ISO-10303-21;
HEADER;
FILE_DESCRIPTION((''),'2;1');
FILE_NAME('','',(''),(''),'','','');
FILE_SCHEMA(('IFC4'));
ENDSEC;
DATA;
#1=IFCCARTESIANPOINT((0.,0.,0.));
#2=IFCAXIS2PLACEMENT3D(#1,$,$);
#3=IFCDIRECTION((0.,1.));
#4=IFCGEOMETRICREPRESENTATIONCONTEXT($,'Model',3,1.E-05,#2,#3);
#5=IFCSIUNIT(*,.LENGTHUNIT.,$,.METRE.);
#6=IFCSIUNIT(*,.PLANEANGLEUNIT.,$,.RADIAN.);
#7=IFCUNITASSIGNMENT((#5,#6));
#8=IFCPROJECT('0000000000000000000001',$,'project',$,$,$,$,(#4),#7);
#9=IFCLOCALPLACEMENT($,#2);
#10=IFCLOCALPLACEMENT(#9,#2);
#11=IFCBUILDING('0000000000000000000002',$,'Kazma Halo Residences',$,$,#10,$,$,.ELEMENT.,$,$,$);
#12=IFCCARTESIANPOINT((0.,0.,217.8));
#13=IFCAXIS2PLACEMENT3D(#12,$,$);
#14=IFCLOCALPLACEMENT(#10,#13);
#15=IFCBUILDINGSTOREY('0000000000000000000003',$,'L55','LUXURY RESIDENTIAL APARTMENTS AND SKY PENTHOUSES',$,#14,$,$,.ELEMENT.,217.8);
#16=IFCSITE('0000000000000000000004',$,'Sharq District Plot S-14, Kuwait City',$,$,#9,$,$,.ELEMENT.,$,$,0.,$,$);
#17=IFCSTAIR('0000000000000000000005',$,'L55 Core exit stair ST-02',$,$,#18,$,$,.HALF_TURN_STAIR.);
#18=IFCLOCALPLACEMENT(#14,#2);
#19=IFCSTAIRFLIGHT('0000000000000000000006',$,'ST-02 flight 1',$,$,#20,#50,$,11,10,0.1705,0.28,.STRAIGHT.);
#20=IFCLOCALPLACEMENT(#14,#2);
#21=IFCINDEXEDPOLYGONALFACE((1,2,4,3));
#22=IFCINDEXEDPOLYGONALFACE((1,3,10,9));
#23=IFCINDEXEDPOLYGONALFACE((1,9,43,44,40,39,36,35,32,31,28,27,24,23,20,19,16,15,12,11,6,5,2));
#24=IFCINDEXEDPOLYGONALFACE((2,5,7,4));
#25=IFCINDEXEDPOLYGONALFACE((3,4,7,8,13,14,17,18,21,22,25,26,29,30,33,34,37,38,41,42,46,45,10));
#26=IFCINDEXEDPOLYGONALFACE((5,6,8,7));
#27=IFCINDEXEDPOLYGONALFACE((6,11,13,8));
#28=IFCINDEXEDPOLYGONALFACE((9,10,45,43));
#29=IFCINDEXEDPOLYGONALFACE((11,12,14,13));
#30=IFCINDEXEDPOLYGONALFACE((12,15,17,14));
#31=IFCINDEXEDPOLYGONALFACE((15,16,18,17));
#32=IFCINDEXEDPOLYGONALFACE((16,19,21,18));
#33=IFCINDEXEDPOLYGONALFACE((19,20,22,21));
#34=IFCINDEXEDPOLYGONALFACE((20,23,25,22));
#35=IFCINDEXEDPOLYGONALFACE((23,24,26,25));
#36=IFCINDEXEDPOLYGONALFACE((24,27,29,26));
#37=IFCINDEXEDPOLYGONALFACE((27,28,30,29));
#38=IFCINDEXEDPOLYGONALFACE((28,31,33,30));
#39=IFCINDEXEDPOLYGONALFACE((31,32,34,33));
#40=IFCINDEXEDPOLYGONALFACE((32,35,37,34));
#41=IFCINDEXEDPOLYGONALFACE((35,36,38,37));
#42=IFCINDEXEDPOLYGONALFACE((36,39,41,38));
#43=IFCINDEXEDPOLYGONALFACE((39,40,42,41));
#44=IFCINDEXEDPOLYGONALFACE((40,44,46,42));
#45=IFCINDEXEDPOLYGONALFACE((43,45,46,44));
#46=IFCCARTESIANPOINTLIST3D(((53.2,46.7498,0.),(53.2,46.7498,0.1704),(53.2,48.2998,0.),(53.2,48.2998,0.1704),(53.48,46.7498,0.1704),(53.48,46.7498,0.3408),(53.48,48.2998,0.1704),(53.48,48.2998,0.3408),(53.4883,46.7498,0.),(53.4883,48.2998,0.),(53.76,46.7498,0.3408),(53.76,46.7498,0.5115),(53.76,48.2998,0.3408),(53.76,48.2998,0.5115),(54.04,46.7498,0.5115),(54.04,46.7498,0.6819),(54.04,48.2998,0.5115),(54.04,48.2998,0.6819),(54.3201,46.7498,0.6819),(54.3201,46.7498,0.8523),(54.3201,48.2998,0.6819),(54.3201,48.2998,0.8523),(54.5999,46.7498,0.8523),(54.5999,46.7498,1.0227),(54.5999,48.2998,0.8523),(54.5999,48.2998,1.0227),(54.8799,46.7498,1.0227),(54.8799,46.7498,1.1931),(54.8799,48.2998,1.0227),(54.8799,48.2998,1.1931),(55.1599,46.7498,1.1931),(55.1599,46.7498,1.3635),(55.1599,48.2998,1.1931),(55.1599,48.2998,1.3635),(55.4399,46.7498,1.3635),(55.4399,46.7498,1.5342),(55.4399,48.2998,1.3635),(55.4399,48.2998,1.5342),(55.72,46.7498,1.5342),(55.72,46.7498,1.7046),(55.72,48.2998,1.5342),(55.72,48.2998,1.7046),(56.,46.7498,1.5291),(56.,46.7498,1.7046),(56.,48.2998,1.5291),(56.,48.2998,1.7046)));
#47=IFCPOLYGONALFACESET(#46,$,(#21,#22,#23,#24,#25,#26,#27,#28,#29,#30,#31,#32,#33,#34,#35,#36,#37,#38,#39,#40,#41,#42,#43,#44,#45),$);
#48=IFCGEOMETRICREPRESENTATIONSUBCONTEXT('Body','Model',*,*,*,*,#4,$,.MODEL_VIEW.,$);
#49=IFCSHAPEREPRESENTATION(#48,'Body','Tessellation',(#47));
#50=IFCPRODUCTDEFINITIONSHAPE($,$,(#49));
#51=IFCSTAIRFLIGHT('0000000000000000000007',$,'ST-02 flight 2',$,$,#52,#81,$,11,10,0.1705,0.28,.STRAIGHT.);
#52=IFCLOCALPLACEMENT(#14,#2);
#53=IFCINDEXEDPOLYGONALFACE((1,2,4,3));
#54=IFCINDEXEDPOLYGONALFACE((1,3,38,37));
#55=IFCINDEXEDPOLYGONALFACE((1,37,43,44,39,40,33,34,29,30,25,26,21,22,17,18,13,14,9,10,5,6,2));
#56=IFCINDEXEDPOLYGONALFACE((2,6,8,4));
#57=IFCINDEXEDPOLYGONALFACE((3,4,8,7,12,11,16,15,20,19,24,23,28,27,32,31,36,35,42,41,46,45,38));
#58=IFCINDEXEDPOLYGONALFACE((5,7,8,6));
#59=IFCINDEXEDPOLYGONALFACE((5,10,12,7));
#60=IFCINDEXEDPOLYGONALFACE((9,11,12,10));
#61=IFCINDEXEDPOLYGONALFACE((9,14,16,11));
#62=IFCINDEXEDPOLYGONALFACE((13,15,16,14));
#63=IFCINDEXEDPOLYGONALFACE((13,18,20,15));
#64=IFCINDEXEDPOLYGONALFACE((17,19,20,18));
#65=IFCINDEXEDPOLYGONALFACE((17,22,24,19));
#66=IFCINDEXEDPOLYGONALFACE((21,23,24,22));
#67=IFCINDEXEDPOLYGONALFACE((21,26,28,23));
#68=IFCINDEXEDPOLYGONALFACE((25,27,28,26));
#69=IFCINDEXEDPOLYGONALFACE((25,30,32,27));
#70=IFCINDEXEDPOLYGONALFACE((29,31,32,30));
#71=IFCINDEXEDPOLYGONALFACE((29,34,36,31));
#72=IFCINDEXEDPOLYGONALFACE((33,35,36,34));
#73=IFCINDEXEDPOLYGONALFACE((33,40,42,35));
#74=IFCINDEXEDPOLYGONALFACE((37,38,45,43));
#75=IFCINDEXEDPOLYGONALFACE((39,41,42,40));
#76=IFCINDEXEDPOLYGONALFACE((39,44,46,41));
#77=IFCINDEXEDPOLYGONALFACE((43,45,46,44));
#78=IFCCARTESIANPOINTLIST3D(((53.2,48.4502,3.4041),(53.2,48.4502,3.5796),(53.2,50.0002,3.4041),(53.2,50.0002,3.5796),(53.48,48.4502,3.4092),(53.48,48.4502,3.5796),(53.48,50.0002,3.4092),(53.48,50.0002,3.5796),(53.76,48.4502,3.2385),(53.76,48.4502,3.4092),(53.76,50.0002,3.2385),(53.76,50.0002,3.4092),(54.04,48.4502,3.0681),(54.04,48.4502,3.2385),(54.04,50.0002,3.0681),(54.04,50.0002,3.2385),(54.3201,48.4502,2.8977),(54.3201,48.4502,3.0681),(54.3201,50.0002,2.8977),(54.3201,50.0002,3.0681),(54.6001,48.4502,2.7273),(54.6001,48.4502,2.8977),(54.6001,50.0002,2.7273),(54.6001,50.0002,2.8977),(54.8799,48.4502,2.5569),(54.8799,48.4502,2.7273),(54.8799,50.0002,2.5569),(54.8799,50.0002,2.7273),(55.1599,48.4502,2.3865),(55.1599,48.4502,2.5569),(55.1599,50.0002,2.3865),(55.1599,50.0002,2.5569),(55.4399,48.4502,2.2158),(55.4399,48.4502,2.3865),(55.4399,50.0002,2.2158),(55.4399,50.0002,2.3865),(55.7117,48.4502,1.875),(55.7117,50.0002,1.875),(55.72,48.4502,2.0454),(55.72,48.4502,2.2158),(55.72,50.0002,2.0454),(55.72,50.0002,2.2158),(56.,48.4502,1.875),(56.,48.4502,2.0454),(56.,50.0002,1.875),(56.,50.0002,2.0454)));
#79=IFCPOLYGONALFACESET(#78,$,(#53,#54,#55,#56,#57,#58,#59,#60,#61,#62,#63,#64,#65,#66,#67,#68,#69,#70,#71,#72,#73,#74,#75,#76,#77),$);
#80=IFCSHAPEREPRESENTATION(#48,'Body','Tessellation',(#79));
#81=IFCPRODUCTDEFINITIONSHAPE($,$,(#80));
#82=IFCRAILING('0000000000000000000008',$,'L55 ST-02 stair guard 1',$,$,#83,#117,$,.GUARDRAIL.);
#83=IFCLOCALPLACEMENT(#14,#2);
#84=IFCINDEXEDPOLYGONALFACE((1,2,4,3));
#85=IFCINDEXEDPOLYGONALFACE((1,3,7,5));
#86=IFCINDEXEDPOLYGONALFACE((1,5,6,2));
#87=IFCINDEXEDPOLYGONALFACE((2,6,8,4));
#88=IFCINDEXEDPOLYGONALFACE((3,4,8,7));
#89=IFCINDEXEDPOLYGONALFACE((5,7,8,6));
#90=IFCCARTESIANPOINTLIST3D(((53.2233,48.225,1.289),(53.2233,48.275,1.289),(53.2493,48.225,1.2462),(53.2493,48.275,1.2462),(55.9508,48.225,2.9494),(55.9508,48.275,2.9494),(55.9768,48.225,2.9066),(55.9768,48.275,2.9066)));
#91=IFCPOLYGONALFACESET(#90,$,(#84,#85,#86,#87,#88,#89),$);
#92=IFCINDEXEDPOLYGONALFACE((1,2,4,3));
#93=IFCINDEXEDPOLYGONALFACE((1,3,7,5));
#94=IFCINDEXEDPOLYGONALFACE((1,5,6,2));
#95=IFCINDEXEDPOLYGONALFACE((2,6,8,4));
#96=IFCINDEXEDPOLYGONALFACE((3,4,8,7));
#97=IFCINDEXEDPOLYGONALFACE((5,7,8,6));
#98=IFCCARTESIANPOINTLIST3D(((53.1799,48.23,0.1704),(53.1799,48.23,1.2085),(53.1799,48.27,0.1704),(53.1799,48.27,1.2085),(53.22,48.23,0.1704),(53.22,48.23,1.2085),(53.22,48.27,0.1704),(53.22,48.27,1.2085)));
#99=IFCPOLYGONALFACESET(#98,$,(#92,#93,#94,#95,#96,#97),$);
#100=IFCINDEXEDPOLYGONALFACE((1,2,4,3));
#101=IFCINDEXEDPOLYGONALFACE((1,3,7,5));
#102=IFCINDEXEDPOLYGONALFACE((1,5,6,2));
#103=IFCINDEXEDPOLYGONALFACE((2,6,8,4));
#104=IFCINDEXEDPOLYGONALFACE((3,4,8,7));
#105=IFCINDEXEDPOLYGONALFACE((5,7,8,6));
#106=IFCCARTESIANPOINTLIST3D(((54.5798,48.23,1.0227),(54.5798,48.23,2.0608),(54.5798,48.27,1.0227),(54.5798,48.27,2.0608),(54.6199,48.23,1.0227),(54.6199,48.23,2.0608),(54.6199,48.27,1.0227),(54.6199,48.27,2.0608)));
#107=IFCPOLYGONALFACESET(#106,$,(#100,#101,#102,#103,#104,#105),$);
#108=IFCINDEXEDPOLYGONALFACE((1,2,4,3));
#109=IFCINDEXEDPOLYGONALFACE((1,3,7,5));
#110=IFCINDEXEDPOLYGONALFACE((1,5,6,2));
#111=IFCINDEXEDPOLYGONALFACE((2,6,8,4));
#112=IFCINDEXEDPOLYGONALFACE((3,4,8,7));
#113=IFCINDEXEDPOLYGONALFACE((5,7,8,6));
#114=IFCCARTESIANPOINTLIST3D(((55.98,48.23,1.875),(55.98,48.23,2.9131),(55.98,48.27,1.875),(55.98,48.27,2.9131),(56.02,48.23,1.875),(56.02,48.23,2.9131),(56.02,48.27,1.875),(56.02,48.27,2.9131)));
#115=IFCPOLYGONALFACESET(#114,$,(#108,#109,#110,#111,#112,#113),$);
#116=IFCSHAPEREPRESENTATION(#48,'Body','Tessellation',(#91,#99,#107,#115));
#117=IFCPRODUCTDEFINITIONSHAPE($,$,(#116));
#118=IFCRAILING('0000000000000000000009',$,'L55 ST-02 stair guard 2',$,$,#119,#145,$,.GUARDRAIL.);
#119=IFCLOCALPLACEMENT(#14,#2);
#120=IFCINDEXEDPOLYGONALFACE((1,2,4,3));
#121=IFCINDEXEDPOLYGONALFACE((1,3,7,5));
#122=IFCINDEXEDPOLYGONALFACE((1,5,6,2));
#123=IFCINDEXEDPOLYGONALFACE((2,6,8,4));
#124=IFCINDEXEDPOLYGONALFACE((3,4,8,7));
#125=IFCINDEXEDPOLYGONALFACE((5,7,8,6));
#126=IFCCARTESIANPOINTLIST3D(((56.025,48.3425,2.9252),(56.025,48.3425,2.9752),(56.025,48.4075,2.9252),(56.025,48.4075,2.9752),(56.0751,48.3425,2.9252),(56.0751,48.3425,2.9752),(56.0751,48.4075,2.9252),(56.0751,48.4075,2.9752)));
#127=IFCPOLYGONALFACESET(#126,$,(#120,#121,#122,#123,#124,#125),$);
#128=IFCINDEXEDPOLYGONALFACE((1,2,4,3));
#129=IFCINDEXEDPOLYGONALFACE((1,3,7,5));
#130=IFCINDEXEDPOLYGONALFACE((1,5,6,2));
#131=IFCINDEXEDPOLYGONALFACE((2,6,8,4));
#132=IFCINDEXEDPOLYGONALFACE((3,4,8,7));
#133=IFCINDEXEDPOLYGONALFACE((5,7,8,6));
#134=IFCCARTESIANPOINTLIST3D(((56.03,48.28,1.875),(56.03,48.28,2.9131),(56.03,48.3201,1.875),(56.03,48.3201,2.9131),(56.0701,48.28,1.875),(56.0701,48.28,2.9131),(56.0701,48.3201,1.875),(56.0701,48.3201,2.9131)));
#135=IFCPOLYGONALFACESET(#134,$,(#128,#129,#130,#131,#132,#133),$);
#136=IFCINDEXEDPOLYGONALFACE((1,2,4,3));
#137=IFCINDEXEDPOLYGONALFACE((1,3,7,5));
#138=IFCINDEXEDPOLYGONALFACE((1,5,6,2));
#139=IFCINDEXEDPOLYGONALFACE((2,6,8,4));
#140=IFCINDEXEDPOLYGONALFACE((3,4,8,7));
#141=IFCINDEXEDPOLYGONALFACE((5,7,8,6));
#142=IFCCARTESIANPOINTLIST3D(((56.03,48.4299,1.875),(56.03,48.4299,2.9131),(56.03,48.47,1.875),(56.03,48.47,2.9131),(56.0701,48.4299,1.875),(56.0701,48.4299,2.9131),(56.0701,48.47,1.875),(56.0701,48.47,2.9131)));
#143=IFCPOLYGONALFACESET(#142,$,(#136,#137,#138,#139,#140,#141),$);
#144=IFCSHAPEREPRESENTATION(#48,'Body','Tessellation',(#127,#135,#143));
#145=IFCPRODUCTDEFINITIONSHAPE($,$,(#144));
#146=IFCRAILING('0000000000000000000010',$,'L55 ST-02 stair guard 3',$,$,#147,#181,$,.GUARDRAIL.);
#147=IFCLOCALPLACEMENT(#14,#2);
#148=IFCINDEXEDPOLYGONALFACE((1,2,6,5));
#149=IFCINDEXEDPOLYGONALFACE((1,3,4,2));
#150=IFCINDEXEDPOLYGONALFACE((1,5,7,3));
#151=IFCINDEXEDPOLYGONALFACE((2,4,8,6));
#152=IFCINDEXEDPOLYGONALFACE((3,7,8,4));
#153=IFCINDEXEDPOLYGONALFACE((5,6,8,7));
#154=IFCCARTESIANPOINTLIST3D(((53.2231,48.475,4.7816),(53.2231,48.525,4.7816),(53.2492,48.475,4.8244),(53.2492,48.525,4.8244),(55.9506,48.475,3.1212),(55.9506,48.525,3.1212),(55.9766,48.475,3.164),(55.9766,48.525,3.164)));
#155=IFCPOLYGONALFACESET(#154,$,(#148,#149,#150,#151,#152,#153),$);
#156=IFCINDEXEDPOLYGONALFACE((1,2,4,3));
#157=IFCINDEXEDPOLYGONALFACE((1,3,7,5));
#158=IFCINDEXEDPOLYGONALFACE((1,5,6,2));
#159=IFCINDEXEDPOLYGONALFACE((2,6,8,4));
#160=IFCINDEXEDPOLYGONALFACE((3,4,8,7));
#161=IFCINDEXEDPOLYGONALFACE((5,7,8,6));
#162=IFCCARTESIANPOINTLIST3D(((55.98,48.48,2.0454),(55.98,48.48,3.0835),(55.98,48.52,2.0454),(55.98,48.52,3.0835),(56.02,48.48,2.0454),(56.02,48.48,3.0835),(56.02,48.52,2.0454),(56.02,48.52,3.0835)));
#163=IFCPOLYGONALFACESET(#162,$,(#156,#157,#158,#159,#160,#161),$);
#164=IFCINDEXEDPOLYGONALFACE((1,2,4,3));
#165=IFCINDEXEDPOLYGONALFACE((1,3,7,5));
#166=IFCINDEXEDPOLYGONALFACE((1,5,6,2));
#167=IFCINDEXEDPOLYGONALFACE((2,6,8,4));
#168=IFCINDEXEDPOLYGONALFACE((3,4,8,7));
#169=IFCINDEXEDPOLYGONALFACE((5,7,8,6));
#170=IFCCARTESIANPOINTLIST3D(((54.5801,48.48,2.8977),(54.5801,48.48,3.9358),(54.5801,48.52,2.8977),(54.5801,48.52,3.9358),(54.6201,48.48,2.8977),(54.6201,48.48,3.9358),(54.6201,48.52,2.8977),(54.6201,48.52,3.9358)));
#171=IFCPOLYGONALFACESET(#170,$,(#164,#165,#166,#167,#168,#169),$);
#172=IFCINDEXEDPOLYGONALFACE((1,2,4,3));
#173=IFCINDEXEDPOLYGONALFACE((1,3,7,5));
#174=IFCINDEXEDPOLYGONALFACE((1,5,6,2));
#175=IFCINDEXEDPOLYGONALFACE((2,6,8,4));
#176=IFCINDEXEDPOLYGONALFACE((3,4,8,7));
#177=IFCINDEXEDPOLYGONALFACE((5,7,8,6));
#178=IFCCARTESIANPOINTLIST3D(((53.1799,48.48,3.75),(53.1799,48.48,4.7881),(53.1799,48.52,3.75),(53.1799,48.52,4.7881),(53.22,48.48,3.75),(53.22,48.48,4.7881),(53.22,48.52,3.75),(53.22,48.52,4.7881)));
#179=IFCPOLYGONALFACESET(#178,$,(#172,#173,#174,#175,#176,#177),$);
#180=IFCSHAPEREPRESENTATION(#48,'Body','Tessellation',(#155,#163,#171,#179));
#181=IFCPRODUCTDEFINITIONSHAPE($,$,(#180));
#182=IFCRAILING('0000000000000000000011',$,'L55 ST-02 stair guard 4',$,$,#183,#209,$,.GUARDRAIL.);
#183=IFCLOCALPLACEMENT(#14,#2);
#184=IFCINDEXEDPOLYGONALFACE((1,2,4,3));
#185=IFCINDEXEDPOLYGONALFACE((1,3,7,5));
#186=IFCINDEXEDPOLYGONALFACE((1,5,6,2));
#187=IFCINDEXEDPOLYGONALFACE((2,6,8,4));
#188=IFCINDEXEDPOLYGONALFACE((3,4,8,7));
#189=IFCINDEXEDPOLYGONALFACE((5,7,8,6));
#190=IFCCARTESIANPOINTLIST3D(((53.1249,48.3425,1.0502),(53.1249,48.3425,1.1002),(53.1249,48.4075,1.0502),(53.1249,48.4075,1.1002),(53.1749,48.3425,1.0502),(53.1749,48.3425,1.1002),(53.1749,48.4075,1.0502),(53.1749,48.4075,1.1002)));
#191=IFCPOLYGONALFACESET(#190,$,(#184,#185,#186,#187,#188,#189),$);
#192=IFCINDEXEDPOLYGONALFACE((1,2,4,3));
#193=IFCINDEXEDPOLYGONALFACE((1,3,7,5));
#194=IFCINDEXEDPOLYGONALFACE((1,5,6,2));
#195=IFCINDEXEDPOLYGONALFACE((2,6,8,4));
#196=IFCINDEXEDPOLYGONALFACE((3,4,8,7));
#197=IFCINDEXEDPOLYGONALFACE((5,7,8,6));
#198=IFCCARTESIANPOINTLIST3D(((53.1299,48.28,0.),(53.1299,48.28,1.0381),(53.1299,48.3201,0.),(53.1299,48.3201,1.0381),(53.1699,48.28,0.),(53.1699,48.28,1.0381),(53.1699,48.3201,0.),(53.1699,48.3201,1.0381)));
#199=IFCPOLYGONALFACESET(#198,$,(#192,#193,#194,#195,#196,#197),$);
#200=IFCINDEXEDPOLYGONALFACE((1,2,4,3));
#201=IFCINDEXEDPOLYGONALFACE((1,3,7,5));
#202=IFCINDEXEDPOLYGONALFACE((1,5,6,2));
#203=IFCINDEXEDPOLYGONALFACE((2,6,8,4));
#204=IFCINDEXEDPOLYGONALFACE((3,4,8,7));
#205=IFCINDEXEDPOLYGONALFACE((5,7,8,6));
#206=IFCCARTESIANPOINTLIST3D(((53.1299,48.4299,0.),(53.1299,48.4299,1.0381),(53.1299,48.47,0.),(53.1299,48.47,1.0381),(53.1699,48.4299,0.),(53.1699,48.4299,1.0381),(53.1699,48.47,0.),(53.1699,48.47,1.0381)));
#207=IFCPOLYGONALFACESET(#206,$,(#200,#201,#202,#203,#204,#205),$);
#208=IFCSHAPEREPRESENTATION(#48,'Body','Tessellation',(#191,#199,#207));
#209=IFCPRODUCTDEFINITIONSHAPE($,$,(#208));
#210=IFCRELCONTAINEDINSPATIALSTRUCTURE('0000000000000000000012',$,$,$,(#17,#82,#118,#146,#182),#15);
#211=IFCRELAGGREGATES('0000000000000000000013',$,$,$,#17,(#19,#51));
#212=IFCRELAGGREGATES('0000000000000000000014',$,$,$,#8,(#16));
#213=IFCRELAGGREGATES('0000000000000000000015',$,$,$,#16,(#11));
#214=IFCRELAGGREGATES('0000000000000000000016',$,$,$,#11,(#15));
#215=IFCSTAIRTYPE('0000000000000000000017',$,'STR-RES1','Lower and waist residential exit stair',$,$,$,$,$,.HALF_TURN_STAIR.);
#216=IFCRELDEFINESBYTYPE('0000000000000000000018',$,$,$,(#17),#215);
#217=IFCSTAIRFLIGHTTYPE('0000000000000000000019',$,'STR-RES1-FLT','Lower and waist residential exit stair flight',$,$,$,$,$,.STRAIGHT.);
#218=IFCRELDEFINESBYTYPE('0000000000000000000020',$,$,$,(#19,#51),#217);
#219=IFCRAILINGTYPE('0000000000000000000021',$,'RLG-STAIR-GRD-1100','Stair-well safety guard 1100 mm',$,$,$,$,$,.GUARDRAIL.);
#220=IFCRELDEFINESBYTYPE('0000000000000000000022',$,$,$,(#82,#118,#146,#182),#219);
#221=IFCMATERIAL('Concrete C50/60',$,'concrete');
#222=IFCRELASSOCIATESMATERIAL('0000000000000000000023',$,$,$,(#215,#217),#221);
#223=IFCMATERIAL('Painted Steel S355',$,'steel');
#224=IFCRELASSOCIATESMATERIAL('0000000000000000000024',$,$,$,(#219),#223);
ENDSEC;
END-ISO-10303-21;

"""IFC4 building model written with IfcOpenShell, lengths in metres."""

from ifc_helpers import new_model, si_unit, direction, frame, origin, origin_2d, place, context, subcontext, project, spatial, polyline, rectangle, outline, extrude, material, type_object, element, aggregate, save


model = new_model("IFC4")

# Units and contexts
model_context = context("Model", 3, precision=1e-05, world=origin(), true_north=direction((0.0, 1.0)))
body_context = subcontext(model_context, "Body", "Model", "MODEL_VIEW")
ifc_project = project(units=[si_unit("LENGTHUNIT", "METRE"), si_unit("PLANEANGLEUNIT", "RADIAN")], contexts=[model_context])

# Site, building, storey
site_placement = place(None, origin())
site = spatial("IfcSite", under=ifc_project, at=site_placement, Name="Sharq District Plot S-14, Kuwait City", CompositionType="ELEMENT", RefElevation=0.0)
building_placement = place(site_placement, origin())
building = spatial("IfcBuilding", under=site, at=building_placement, Name="Kazma Halo Residences", CompositionType="ELEMENT")
storey_placement = place(building_placement, frame((0.0, 0.0, 217.8)))
storey = spatial("IfcBuildingStorey", under=building, at=storey_placement, Name="L55", Description="LUXURY RESIDENTIAL APARTMENTS AND SKY PENTHOUSES", CompositionType="ELEMENT", Elevation=217.8)

# Shared definitions
ifc_material_1 = material(Name="Concrete C50/60", Category="concrete")

# Stair, stair flights
stair_type = type_object("IfcStairType", Name="STR-RES1", Description="Lower and waist residential exit stair", PredefinedType="HALF_TURN_STAIR", material=ifc_material_1)
stair_placement = place(storey_placement, origin())
stair = element("IfcStair", 1, at=stair_placement, inside=storey, type_object=stair_type, Name="L55 Core exit stair ST-02", PredefinedType="HALF_TURN_STAIR")
stair_flight_type = type_object("IfcStairFlightType", Name="STR-RES1-FLT", Description="Lower and waist residential exit stair flight", PredefinedType="STRAIGHT", material=ifc_material_1)
stair_flight_1_placement = place(storey_placement, frame((53.2, 47.5249, 0.0), z_axis=(0.0, 0.0, 1.0), x_axis=(1.0, 0.0, 0.0)))
stair_flight_1 = element("IfcStairFlight", 2, at=stair_flight_1_placement, type_object=stair_flight_type, Name="ST-02 flight 1", NumberOfRisers=11, NumberOfTreads=10, PredefinedType="STRAIGHT", RiserHeight=0.1705, TreadLength=0.28, context=body_context, shape_type="SweptSolid", body=[
    extrude(outline(polyline([(0.0, 0.0), (0.0, 0.1704), (0.28, 0.1704), (0.28, 0.3408), (0.5601, 0.3408), (0.5601, 0.5115), (0.8401, 0.5115), (0.8401, 0.6819), (1.1201, 0.6819), (1.1201, 0.8523), (1.3999, 0.8523), (1.3999, 1.0227), (1.6799, 1.0227), (1.6799, 1.1931), (1.96, 1.1931), (1.96, 1.3635), (2.24, 1.3635), (2.24, 1.5342), (2.52, 1.5342), (2.52, 1.7046), (2.8, 1.7046), (2.8, 1.875), (2.8, 1.5291), (0.2883, 0.0), (0.0, 0.0)])), frame((0.0, 0.7749, 0.0), z_axis=(0.0, -1.0, 0.0), x_axis=(1.0, 0.0, 0.0)), (0.0, 0.0, 1.0), 1.55),
])
stair_flight_2_placement = place(storey_placement, frame((56.0, 49.2251, 1.875), z_axis=(0.0, 0.0, 1.0), x_axis=(-1.0, 0.0, 0.0)))
stair_flight_2 = element("IfcStairFlight", 3, at=stair_flight_2_placement, type_object=stair_flight_type, Name="ST-02 flight 2", NumberOfRisers=11, NumberOfTreads=10, PredefinedType="STRAIGHT", RiserHeight=0.1705, TreadLength=0.28, context=body_context, shape_type="SweptSolid", body=[
    extrude(outline(polyline([(0.0, 0.0), (0.0, 0.1704), (0.28, 0.1704), (0.28, 0.3408), (0.5601, 0.3408), (0.5601, 0.5115), (0.8401, 0.5115), (0.8401, 0.6819), (1.1201, 0.6819), (1.1201, 0.8523), (1.3999, 0.8523), (1.3999, 1.0227), (1.6799, 1.0227), (1.6799, 1.1931), (1.96, 1.1931), (1.96, 1.3635), (2.24, 1.3635), (2.24, 1.5342), (2.52, 1.5342), (2.52, 1.7046), (2.8, 1.7046), (2.8, 1.875), (2.8, 1.5291), (0.2883, 0.0), (0.0, 0.0)])), frame((0.0, 0.7749, 0.0), z_axis=(0.0, -1.0, 0.0), x_axis=(1.0, 0.0, 0.0)), (0.0, 0.0, 1.0), 1.55),
])
aggregate(stair, [stair_flight_1, stair_flight_2])

# Railings
ifc_material_2 = material(Name="Painted Steel S355", Category="steel")
railing_type_1 = type_object("IfcRailingType", Name="RLG-STAIR-GRD-1100", Description="Stair-well safety guard 1100 mm", PredefinedType="GUARDRAIL", material=ifc_material_2)
railing_1_placement = place(storey_placement, frame((53.2, 48.25, 0.1704)))
element("IfcRailing", 4, at=railing_1_placement, inside=storey, type_object=railing_type_1, Name="L55 ST-02 stair guard 1", PredefinedType="GUARDRAIL", context=body_context, shape_type="SweptSolid", body=[
    extrude(rectangle(XDim=0.05, YDim=0.05, at=origin_2d()), frame((0.0364, 0.0, 1.0972), z_axis=(0.85417, 0.0, 0.519994), x_axis=(0.0, 1.0, 0.0)), (0.0, 0.0, 1.0), 3.1931),
    extrude(rectangle(XDim=0.04, YDim=0.04, at=origin_2d()), origin(), (0.0, 0.0, 1.0), 1.0381),
    extrude(rectangle(XDim=0.04, YDim=0.04, at=origin_2d()), frame((1.3999, 0.0, 0.8523)), (0.0, 0.0, 1.0), 1.0381),
    extrude(rectangle(XDim=0.04, YDim=0.04, at=origin_2d()), frame((2.8, 0.0, 1.7046)), (0.0, 0.0, 1.0), 1.0381),
])
railing_2_placement = place(storey_placement, frame((56.05, 48.3, 1.875)))
element("IfcRailing", 5, at=railing_2_placement, inside=storey, type_object=railing_type_1, Name="L55 ST-02 stair guard 2", PredefinedType="GUARDRAIL", context=body_context, shape_type="SweptSolid", body=[
    extrude(rectangle(XDim=0.05, YDim=0.05, at=origin_2d()), frame((0.0, 0.0425, 1.0752), z_axis=(0.0, 1.0, 0.0), x_axis=(-1.0, 0.0, 0.0)), (0.0, 0.0, 1.0), 0.0649),
    extrude(rectangle(XDim=0.04, YDim=0.04, at=origin_2d()), origin(), (0.0, 0.0, 1.0), 1.0381),
    extrude(rectangle(XDim=0.04, YDim=0.04, at=origin_2d()), frame((0.0, 0.1499, 0.0)), (0.0, 0.0, 1.0), 1.0381),
])
railing_3_placement = place(storey_placement, frame((56.0, 48.5, 2.0454)))
element("IfcRailing", 6, at=railing_3_placement, inside=storey, type_object=railing_type_1, Name="L55 ST-02 stair guard 3", PredefinedType="GUARDRAIL", context=body_context, shape_type="SweptSolid", body=[
    extrude(rectangle(XDim=0.05, YDim=0.05, at=origin_2d()), frame((-0.0364, 0.0, 1.0972), z_axis=(-0.85417, 0.0, 0.519994), x_axis=(0.0, -1.0, 0.0)), (0.0, 0.0, 1.0), 3.1931),
    extrude(rectangle(XDim=0.04, YDim=0.04, at=origin_2d()), origin(), (0.0, 0.0, 1.0), 1.0381),
    extrude(rectangle(XDim=0.04, YDim=0.04, at=origin_2d()), frame((-1.3999, 0.0, 0.8523)), (0.0, 0.0, 1.0), 1.0381),
    extrude(rectangle(XDim=0.04, YDim=0.04, at=origin_2d()), frame((-2.8, 0.0, 1.7046)), (0.0, 0.0, 1.0), 1.0381),
])
railing_4_placement = place(storey_placement, frame((53.1499, 48.3, 0.0)))
element("IfcRailing", 7, at=railing_4_placement, inside=storey, type_object=railing_type_1, Name="L55 ST-02 stair guard 4", PredefinedType="GUARDRAIL", context=body_context, shape_type="SweptSolid", body=[
    extrude(rectangle(XDim=0.05, YDim=0.05, at=origin_2d()), frame((0.0, 0.0425, 1.0752), z_axis=(0.0, 1.0, 0.0), x_axis=(-1.0, 0.0, 0.0)), (0.0, 0.0, 1.0), 0.0649),
    extrude(rectangle(XDim=0.04, YDim=0.04, at=origin_2d()), origin(), (0.0, 0.0, 1.0), 1.0381),
    extrude(rectangle(XDim=0.04, YDim=0.04, at=origin_2d()), frame((0.0, 0.1499, 0.0)), (0.0, 0.0, 1.0), 1.0381),
])

save(model, "model.ifc")
